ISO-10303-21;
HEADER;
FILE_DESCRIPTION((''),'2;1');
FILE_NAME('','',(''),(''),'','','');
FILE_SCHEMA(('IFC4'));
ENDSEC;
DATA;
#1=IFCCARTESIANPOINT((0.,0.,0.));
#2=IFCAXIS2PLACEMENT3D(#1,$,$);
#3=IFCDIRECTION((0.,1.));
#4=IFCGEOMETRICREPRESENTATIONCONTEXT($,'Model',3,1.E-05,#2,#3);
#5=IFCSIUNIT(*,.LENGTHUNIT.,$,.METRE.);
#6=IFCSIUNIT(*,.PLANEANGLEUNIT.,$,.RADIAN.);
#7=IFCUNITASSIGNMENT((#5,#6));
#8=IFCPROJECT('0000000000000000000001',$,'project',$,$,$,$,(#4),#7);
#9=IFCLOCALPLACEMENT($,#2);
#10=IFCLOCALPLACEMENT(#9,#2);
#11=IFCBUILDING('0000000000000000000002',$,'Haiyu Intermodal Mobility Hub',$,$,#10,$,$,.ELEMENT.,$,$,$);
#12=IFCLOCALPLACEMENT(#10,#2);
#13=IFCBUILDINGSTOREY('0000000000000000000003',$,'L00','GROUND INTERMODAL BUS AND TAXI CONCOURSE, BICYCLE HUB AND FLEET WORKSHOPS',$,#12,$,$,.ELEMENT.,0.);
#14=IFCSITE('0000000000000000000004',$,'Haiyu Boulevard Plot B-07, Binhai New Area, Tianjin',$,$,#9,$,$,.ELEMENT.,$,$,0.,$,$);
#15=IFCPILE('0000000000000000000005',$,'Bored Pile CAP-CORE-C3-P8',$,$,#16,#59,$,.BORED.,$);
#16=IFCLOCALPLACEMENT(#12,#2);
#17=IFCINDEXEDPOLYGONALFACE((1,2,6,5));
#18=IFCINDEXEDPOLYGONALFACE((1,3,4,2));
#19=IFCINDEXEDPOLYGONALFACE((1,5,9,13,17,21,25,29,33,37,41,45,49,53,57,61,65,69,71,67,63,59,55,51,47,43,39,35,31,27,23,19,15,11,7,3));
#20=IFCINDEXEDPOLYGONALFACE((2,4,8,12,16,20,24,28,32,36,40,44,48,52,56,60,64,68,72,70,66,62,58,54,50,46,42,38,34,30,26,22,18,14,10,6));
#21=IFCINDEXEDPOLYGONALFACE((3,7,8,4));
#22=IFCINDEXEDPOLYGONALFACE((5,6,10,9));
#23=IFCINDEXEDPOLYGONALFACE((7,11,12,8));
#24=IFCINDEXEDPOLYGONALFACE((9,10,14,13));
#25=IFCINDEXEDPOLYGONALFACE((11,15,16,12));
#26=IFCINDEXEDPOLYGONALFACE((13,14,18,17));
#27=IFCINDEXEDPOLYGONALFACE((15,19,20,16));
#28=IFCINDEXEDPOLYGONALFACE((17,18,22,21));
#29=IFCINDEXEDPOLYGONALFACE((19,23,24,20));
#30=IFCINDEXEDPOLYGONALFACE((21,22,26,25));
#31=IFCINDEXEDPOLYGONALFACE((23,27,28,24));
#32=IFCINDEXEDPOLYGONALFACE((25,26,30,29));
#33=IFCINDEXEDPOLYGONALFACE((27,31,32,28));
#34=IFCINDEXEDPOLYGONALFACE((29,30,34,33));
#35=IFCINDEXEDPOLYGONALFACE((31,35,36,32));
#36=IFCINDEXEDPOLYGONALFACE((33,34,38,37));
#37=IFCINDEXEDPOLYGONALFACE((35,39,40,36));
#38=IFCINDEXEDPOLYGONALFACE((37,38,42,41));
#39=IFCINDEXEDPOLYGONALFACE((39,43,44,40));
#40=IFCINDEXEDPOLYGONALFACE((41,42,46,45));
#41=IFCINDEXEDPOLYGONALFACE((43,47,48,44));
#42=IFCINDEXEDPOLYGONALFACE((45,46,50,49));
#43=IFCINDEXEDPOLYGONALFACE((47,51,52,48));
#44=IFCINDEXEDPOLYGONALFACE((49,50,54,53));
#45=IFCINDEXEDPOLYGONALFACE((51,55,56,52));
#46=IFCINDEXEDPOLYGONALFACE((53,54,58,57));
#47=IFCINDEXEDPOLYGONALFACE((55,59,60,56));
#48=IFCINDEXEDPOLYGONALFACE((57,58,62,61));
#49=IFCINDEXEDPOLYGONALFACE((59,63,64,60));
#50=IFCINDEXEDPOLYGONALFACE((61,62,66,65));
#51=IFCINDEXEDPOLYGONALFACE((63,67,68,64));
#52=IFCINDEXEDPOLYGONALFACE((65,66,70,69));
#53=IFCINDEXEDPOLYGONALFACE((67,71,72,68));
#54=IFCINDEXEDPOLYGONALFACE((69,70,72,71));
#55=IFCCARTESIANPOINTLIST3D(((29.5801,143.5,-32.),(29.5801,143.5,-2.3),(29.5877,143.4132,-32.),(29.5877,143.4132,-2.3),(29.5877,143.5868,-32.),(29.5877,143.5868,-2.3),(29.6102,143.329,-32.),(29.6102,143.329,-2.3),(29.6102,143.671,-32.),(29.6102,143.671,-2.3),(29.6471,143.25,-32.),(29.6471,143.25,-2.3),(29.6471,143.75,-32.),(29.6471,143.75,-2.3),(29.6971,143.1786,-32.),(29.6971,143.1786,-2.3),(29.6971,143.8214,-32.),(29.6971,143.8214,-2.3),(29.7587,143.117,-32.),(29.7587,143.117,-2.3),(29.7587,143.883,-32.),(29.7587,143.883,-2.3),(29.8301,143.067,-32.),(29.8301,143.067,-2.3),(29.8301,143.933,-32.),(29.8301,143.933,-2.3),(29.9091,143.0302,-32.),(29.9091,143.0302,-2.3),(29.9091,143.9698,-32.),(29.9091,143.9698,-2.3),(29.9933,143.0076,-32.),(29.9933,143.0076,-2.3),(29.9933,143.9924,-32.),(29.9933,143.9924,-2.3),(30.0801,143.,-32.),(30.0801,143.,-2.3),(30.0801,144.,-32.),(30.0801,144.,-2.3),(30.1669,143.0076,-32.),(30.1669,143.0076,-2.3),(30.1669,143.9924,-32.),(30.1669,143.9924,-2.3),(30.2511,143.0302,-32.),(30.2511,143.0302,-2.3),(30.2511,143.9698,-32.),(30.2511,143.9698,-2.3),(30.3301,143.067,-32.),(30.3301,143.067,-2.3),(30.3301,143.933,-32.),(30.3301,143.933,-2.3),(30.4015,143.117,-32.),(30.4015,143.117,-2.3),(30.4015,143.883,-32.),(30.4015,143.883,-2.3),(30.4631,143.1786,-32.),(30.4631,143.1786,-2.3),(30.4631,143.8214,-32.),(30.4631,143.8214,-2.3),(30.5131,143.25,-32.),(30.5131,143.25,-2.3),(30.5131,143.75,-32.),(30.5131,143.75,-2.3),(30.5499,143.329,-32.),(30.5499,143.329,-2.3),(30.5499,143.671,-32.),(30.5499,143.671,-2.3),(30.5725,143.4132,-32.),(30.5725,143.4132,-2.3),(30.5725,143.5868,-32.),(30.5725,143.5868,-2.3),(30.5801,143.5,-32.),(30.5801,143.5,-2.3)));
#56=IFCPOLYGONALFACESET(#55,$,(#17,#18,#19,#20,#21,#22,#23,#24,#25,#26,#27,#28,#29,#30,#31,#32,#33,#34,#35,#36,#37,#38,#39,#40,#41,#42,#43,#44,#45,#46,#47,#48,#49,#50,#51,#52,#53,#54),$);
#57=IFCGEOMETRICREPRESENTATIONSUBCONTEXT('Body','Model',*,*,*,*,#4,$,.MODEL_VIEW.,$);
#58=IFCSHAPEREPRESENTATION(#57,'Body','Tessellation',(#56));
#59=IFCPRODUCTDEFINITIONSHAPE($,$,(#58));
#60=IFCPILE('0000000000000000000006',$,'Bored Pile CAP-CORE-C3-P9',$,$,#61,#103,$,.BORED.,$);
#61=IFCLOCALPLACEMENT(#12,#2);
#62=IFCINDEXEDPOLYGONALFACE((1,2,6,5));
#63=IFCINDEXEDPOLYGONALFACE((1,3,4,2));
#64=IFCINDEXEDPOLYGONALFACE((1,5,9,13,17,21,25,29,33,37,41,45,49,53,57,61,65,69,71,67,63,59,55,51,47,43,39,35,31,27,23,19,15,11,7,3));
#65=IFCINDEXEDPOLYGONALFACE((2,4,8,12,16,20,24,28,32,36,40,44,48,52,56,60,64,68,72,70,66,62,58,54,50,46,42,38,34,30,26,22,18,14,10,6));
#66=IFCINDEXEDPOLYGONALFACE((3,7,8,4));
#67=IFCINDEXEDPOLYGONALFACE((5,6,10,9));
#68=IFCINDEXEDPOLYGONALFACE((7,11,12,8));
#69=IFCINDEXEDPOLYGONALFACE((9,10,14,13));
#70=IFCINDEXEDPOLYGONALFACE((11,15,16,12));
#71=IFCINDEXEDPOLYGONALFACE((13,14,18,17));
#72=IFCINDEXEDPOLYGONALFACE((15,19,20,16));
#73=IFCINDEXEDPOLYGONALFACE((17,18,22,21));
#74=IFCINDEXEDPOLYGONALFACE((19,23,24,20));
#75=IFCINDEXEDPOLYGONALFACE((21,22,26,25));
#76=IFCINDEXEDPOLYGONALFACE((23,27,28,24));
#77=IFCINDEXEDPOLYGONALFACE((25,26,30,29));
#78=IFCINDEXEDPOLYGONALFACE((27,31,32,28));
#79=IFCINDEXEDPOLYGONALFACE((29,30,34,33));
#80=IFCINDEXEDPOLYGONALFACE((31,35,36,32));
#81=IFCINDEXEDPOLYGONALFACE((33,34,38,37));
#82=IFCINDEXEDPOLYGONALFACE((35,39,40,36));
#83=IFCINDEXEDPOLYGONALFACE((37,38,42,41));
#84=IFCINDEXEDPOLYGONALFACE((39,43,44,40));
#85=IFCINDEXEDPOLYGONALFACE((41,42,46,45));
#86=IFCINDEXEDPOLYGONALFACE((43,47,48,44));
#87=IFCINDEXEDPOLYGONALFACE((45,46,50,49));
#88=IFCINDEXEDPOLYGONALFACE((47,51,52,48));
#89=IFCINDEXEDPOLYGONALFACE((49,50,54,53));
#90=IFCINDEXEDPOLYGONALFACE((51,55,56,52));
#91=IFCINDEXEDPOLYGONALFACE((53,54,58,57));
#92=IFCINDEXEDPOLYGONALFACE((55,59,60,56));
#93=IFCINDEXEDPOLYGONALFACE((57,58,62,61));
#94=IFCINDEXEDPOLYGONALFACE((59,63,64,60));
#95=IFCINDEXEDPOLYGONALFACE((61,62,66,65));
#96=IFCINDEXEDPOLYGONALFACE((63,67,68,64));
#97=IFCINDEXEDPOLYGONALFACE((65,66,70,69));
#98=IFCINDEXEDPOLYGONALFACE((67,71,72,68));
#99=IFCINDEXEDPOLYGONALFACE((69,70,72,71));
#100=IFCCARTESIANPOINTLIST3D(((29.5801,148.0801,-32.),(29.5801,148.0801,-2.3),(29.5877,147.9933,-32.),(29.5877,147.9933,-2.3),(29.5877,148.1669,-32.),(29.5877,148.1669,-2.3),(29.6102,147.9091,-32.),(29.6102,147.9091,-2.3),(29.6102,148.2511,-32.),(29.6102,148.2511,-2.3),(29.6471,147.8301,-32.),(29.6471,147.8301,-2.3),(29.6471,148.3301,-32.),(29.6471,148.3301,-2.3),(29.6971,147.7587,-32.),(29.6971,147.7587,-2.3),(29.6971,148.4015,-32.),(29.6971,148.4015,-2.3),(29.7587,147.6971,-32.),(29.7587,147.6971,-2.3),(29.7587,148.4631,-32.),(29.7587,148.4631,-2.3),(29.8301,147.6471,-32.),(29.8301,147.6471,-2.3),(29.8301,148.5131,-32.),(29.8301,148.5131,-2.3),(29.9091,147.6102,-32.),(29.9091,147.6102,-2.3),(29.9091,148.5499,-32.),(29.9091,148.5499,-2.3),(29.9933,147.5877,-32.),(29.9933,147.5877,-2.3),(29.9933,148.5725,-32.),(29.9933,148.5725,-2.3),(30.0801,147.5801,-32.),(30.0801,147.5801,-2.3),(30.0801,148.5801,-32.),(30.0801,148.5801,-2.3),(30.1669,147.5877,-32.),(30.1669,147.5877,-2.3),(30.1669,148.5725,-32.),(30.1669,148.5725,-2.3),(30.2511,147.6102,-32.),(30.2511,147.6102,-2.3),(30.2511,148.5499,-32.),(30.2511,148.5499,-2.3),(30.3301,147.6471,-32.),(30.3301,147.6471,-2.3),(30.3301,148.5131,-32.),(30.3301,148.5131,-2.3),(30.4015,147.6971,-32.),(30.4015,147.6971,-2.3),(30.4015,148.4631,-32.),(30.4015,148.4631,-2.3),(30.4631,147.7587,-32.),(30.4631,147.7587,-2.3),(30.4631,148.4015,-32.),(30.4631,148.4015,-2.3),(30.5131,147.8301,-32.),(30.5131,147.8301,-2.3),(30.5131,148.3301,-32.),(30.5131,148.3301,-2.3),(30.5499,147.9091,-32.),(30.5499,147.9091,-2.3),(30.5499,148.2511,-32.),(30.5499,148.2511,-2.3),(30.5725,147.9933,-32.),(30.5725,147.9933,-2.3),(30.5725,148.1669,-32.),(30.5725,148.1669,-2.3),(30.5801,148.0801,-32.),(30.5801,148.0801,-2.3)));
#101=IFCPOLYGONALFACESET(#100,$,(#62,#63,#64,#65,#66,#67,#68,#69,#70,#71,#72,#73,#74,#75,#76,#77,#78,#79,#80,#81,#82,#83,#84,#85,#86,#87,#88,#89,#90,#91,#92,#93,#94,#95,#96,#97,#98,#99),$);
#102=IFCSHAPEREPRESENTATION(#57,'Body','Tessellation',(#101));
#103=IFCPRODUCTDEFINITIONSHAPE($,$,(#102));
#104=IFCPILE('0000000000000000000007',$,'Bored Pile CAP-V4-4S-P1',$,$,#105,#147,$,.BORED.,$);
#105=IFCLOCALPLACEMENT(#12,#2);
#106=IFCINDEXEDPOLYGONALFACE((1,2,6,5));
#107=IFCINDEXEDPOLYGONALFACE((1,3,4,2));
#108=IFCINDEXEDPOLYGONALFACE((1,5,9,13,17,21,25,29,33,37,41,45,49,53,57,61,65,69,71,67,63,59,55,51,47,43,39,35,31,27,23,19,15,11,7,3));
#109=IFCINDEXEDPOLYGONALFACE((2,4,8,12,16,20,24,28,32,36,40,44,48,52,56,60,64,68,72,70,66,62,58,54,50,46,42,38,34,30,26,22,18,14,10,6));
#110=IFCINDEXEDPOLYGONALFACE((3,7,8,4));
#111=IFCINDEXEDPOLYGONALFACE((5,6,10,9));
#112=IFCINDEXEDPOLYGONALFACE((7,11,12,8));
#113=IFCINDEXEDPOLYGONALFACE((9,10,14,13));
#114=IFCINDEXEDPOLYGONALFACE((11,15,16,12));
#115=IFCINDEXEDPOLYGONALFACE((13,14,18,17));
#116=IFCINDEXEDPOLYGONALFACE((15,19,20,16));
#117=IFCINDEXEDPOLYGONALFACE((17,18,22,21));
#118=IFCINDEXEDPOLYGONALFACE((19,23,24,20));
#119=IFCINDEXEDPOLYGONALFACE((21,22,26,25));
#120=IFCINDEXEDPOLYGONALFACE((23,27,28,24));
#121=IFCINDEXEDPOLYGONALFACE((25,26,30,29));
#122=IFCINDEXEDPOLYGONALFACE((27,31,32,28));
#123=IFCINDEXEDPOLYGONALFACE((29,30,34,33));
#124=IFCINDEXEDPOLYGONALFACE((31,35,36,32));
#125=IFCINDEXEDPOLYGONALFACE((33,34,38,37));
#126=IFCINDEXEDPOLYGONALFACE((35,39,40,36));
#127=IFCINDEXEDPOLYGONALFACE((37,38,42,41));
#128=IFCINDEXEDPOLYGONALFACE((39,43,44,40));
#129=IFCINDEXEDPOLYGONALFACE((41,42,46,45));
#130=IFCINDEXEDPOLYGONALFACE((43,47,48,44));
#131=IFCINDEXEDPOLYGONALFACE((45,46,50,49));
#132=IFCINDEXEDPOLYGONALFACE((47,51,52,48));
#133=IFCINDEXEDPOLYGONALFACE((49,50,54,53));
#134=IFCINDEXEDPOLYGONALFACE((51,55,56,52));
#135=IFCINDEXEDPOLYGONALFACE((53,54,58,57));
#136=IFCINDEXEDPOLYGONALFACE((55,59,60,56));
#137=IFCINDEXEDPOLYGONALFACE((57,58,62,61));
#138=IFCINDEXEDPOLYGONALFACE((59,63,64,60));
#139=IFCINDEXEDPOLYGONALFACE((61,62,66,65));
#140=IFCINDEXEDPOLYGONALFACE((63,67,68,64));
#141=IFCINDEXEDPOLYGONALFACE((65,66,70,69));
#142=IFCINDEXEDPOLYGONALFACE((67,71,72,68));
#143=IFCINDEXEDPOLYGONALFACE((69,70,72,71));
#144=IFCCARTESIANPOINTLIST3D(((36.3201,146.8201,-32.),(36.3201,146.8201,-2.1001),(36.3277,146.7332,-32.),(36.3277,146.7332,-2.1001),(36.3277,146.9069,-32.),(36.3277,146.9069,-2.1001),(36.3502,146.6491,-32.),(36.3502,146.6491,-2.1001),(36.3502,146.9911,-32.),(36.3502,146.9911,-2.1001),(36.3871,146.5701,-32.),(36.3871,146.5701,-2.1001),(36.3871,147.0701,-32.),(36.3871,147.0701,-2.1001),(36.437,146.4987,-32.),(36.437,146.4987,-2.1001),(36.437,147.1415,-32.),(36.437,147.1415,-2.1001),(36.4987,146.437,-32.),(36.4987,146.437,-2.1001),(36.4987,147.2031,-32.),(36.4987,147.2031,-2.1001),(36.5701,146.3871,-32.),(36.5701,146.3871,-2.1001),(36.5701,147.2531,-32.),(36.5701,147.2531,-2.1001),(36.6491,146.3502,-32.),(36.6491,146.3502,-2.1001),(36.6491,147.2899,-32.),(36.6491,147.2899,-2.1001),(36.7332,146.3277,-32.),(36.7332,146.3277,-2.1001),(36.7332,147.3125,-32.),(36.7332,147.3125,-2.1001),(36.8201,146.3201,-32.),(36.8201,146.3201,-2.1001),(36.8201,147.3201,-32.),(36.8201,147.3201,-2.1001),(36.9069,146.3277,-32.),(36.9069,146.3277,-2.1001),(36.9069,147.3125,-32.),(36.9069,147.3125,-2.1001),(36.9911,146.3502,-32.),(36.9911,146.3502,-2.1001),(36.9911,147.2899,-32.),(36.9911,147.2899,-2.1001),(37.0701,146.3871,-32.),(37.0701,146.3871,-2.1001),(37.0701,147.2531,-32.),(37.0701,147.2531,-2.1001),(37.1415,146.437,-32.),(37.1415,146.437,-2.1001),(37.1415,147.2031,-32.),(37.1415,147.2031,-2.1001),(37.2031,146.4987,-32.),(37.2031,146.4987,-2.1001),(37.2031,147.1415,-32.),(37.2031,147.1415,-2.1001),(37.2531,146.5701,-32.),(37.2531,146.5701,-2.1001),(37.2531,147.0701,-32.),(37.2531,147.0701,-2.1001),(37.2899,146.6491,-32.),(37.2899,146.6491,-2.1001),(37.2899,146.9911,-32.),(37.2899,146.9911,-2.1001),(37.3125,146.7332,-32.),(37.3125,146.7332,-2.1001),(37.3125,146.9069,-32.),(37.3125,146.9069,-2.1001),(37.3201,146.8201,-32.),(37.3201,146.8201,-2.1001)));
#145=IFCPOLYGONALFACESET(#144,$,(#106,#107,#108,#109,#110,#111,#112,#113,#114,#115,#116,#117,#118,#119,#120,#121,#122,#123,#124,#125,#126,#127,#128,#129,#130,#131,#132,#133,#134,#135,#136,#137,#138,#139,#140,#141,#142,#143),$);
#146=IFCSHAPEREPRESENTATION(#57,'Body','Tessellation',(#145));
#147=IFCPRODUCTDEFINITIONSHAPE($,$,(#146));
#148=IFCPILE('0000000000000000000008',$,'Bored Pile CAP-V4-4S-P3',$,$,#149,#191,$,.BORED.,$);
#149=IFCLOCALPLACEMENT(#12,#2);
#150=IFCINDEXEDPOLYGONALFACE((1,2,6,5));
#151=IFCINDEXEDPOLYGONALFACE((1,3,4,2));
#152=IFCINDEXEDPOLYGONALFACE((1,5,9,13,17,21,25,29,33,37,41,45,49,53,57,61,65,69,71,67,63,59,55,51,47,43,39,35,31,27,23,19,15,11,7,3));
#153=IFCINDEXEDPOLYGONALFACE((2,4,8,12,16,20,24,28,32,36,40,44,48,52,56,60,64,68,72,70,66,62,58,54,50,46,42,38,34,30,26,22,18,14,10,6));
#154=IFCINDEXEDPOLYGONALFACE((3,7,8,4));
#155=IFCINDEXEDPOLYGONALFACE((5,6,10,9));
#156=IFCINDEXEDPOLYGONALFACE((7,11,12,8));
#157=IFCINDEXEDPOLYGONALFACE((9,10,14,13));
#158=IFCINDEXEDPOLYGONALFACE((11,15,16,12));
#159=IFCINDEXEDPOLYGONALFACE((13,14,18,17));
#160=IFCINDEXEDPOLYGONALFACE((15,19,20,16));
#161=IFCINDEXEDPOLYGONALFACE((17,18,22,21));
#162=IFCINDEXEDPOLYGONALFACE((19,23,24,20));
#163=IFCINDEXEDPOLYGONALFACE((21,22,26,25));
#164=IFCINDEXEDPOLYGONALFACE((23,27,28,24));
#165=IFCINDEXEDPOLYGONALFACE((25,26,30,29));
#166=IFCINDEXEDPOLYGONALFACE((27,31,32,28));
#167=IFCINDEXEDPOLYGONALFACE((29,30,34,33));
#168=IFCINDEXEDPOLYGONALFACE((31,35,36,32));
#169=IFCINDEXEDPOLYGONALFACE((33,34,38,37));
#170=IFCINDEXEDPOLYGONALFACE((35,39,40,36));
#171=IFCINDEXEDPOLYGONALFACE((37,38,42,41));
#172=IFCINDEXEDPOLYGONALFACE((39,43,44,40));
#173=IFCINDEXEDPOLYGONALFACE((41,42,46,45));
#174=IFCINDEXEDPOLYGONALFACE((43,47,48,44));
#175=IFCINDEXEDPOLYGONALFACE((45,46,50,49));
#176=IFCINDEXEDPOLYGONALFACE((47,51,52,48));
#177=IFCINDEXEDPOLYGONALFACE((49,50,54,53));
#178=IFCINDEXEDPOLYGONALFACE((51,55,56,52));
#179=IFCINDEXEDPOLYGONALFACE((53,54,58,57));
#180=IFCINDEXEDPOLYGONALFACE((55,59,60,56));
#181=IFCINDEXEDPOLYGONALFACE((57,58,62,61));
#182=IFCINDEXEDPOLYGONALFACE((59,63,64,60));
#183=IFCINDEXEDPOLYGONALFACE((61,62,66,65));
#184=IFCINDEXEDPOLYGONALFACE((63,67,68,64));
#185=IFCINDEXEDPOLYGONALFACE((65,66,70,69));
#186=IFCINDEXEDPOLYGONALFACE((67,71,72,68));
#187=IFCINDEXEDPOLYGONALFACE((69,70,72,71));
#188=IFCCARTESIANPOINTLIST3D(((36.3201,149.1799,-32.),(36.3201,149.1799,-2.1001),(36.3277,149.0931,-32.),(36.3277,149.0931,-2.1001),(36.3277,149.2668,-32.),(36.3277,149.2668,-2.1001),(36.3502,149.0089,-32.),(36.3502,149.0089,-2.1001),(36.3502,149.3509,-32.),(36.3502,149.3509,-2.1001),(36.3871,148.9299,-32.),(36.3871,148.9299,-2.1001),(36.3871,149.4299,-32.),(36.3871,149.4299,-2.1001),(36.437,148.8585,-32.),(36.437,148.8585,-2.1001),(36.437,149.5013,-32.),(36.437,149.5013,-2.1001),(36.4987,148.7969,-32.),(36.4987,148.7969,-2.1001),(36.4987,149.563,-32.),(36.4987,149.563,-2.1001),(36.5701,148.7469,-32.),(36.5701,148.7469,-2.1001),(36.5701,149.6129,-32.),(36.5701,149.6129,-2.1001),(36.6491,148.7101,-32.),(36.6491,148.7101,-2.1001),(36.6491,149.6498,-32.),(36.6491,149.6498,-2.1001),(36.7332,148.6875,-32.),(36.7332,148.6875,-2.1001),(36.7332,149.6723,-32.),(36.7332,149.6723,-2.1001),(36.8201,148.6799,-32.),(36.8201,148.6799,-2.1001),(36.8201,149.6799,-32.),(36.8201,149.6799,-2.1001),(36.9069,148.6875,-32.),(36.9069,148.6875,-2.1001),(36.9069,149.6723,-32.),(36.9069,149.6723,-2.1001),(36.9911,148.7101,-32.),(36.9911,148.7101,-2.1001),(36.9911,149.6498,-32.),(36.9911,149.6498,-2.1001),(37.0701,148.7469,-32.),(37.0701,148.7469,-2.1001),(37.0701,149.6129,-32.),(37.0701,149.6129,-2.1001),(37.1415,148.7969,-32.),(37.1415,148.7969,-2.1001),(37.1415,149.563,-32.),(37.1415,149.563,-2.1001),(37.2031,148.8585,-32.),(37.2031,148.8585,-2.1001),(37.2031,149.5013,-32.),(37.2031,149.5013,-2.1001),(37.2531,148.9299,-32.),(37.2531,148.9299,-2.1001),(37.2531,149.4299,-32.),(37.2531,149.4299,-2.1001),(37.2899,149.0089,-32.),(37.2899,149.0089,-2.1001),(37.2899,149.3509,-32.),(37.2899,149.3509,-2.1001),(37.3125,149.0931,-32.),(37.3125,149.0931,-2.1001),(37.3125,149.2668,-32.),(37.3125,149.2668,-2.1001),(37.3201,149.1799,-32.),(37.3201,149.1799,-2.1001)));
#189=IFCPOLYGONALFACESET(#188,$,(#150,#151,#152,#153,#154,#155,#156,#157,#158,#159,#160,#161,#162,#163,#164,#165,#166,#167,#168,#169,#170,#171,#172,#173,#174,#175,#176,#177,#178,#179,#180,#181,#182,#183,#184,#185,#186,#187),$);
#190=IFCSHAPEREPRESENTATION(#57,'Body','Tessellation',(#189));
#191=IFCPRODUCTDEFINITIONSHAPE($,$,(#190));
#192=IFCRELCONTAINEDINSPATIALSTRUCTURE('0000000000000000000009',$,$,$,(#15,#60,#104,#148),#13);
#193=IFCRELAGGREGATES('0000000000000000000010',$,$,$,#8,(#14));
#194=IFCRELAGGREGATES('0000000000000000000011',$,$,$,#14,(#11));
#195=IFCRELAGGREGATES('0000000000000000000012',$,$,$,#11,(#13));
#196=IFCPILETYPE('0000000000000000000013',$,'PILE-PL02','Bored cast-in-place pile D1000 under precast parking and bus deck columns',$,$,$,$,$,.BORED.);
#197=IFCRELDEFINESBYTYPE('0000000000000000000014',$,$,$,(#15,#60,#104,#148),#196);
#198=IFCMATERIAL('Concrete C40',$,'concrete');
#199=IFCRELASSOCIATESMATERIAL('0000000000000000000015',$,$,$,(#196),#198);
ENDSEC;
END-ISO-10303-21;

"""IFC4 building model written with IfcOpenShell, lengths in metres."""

from ifc_helpers import new_model, si_unit, direction, frame, origin, origin_2d, place, context, subcontext, project, spatial, circle, extrude, material, material_profile, profile_set, type_object, element, save


model = new_model("IFC4")

# Units and contexts
model_context = context("Model", 3, precision=1e-05, world=origin(), true_north=direction((0.0, 1.0)))
body_context = subcontext(model_context, "Body", "Model", "MODEL_VIEW")
ifc_project = project(units=[si_unit("LENGTHUNIT", "METRE"), si_unit("PLANEANGLEUNIT", "RADIAN")], contexts=[model_context])

# Site, building, storey
site_placement = place(None, origin())
site = spatial("IfcSite", under=ifc_project, at=site_placement, Name="Haiyu Boulevard Plot B-07, Binhai New Area, Tianjin", CompositionType="ELEMENT", RefElevation=0.0)
building_placement = place(site_placement, origin())
building = spatial("IfcBuilding", under=site, at=building_placement, Name="Haiyu Intermodal Mobility Hub", CompositionType="ELEMENT")
storey_placement = place(building_placement, origin())
storey = spatial("IfcBuildingStorey", under=building, at=storey_placement, Name="L00", Description="GROUND INTERMODAL BUS AND TAXI CONCOURSE, BICYCLE HUB AND FLEET WORKSHOPS", CompositionType="ELEMENT", Elevation=0.0)

# Piles
ifc_material_1 = material(Name="Concrete C40", Category="concrete")
ifc_material_profile_1 = material_profile(ifc_material_1, circle(Radius=0.5, at=origin_2d()), Name="PILE-D1000")
ifc_profile_set_1 = profile_set([ifc_material_profile_1], Name="Concrete C40")
pile_type = type_object("IfcPileType", Name="PILE-PL02", Description="Bored cast-in-place pile D1000 under precast parking and bus deck columns", PredefinedType="BORED", material=ifc_profile_set_1)
for number, where, z_axis, x_axis, name in (
    (1, (30.0801, 143.5, -2.3), (0.0, 0.0, -1.0), (1.0, 0.0, 0.0), "Bored Pile CAP-CORE-C3-P8"),
    (2, (30.0801, 148.0801, -2.3), (0.0, 0.0, -1.0), (1.0, 0.0, 0.0), "Bored Pile CAP-CORE-C3-P9"),
):
    element("IfcPile", number, at=place(storey_placement, frame(where, z_axis=z_axis, x_axis=x_axis)), inside=storey, type_object=pile_type, Name=name, PredefinedType="BORED", context=body_context, shape_type="SweptSolid", body=[
        extrude(circle(Radius=0.5, at=origin_2d()), origin(), (0.0, 0.0, 1.0), 29.7),
    ])
for number, where, z_axis, x_axis, name in (
    (3, (36.8201, 146.8201, -2.1001), (0.0, 0.0, -1.0), (1.0, 0.0, 0.0), "Bored Pile CAP-V4-4S-P1"),
    (4, (36.8201, 149.1799, -2.1001), (0.0, 0.0, -1.0), (1.0, 0.0, 0.0), "Bored Pile CAP-V4-4S-P3"),
):
    element("IfcPile", number, at=place(storey_placement, frame(where, z_axis=z_axis, x_axis=x_axis)), inside=storey, type_object=pile_type, Name=name, PredefinedType="BORED", context=body_context, shape_type="SweptSolid", body=[
        extrude(circle(Radius=0.5, at=origin_2d()), origin(), (0.0, 0.0, 1.0), 29.8999),
    ])

save(model, "model.ifc")
